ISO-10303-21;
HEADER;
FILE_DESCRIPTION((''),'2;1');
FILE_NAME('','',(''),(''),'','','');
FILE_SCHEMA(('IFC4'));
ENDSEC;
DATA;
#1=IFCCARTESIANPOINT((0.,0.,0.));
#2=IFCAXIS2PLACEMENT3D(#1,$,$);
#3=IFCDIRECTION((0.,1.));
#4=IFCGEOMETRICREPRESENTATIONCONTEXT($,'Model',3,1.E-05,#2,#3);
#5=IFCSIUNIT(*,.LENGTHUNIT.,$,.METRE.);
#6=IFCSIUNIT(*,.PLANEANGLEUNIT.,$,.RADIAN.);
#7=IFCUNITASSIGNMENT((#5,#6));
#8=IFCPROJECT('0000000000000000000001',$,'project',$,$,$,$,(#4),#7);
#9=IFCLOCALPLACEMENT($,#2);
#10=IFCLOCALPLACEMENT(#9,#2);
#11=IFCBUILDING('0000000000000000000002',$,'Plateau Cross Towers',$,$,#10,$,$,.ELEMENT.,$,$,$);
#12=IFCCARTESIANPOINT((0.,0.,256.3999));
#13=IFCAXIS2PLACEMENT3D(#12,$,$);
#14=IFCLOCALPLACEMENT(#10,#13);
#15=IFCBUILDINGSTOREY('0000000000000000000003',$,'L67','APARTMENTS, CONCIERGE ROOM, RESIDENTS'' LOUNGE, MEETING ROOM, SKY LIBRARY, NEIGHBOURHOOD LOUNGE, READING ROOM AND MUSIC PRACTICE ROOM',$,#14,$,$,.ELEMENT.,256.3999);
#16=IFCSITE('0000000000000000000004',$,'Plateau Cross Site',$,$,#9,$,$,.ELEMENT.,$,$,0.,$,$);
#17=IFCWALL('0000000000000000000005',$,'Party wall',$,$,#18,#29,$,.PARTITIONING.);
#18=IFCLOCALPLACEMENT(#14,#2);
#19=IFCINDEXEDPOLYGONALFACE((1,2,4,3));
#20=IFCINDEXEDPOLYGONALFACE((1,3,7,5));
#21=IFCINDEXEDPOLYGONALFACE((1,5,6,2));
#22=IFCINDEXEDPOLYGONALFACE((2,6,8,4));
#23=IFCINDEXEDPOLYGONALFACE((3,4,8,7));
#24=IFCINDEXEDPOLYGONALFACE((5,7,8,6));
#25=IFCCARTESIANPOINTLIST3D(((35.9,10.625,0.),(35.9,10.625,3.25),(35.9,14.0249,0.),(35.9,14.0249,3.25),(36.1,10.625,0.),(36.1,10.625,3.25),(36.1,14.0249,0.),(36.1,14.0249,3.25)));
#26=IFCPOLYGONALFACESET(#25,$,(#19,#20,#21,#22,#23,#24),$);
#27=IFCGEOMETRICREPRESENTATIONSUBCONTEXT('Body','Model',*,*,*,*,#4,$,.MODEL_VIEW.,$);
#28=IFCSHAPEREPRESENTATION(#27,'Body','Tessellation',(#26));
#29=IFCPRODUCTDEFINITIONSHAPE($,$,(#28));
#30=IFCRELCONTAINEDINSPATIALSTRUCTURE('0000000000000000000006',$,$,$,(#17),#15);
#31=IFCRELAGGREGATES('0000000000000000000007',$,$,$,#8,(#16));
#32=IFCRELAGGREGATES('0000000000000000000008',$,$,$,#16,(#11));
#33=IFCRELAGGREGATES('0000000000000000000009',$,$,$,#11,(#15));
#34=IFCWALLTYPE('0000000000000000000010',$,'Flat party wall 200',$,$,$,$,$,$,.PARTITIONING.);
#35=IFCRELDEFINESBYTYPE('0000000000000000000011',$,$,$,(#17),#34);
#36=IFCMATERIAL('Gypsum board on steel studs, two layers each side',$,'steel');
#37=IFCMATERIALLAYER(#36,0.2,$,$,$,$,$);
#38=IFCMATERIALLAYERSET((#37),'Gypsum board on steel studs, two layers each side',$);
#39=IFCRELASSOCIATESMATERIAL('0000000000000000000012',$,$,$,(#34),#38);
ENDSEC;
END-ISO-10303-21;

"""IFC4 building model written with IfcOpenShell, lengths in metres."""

from ifc_helpers import new_model, si_unit, direction, frame, frame_2d, origin, place, context, subcontext, project, spatial, rectangle, extrude, material, layer, layer_set, type_object, element, save


model = new_model("IFC4")

# Units and contexts
model_context = context("Model", 3, precision=1e-05, world=origin(), true_north=direction((0.0, 1.0)))
body_context = subcontext(model_context, "Body", "Model", "MODEL_VIEW")
ifc_project = project(units=[si_unit("LENGTHUNIT", "METRE"), si_unit("PLANEANGLEUNIT", "RADIAN")], contexts=[model_context])

# Site, building, storey
site_placement = place(None, origin())
site = spatial("IfcSite", under=ifc_project, at=site_placement, Name="Plateau Cross Site", CompositionType="ELEMENT", RefElevation=0.0)
building_placement = place(site_placement, origin())
building = spatial("IfcBuilding", under=site, at=building_placement, Name="Plateau Cross Towers", CompositionType="ELEMENT")
storey_placement = place(building_placement, frame((0.0, 0.0, 256.3999)))
storey = spatial("IfcBuildingStorey", under=building, at=storey_placement, Name="L67", Description="APARTMENTS, CONCIERGE ROOM, RESIDENTS' LOUNGE, MEETING ROOM, SKY LIBRARY, NEIGHBOURHOOD LOUNGE, READING ROOM AND MUSIC PRACTICE ROOM", CompositionType="ELEMENT", Elevation=256.3999)

# Wall
ifc_material_1 = material(Name="Gypsum board on steel studs, two layers each side", Category="steel")
ifc_layer_1 = layer(ifc_material_1, 0.2)
ifc_layer_set_1 = layer_set([ifc_layer_1], Name="Gypsum board on steel studs, two layers each side")
wall_type_1 = type_object("IfcWallType", Name="Flat party wall 200", PredefinedType="PARTITIONING", material=ifc_layer_set_1)
wall_1_placement = place(storey_placement, frame((36.0, 10.625, 0.0), z_axis=(0.0, 0.0, 1.0), x_axis=(0.0, 1.0, 0.0)))
element("IfcWall", 1, at=wall_1_placement, inside=storey, type_object=wall_type_1, Name="Party wall", PredefinedType="PARTITIONING", context=body_context, shape_type="SweptSolid", body=[
    extrude(rectangle(XDim=3.3999, YDim=0.2, at=frame_2d((1.7, 0.0))), origin(), (0.0, 0.0, 1.0), 3.25),
])

save(model, "model.ifc")
